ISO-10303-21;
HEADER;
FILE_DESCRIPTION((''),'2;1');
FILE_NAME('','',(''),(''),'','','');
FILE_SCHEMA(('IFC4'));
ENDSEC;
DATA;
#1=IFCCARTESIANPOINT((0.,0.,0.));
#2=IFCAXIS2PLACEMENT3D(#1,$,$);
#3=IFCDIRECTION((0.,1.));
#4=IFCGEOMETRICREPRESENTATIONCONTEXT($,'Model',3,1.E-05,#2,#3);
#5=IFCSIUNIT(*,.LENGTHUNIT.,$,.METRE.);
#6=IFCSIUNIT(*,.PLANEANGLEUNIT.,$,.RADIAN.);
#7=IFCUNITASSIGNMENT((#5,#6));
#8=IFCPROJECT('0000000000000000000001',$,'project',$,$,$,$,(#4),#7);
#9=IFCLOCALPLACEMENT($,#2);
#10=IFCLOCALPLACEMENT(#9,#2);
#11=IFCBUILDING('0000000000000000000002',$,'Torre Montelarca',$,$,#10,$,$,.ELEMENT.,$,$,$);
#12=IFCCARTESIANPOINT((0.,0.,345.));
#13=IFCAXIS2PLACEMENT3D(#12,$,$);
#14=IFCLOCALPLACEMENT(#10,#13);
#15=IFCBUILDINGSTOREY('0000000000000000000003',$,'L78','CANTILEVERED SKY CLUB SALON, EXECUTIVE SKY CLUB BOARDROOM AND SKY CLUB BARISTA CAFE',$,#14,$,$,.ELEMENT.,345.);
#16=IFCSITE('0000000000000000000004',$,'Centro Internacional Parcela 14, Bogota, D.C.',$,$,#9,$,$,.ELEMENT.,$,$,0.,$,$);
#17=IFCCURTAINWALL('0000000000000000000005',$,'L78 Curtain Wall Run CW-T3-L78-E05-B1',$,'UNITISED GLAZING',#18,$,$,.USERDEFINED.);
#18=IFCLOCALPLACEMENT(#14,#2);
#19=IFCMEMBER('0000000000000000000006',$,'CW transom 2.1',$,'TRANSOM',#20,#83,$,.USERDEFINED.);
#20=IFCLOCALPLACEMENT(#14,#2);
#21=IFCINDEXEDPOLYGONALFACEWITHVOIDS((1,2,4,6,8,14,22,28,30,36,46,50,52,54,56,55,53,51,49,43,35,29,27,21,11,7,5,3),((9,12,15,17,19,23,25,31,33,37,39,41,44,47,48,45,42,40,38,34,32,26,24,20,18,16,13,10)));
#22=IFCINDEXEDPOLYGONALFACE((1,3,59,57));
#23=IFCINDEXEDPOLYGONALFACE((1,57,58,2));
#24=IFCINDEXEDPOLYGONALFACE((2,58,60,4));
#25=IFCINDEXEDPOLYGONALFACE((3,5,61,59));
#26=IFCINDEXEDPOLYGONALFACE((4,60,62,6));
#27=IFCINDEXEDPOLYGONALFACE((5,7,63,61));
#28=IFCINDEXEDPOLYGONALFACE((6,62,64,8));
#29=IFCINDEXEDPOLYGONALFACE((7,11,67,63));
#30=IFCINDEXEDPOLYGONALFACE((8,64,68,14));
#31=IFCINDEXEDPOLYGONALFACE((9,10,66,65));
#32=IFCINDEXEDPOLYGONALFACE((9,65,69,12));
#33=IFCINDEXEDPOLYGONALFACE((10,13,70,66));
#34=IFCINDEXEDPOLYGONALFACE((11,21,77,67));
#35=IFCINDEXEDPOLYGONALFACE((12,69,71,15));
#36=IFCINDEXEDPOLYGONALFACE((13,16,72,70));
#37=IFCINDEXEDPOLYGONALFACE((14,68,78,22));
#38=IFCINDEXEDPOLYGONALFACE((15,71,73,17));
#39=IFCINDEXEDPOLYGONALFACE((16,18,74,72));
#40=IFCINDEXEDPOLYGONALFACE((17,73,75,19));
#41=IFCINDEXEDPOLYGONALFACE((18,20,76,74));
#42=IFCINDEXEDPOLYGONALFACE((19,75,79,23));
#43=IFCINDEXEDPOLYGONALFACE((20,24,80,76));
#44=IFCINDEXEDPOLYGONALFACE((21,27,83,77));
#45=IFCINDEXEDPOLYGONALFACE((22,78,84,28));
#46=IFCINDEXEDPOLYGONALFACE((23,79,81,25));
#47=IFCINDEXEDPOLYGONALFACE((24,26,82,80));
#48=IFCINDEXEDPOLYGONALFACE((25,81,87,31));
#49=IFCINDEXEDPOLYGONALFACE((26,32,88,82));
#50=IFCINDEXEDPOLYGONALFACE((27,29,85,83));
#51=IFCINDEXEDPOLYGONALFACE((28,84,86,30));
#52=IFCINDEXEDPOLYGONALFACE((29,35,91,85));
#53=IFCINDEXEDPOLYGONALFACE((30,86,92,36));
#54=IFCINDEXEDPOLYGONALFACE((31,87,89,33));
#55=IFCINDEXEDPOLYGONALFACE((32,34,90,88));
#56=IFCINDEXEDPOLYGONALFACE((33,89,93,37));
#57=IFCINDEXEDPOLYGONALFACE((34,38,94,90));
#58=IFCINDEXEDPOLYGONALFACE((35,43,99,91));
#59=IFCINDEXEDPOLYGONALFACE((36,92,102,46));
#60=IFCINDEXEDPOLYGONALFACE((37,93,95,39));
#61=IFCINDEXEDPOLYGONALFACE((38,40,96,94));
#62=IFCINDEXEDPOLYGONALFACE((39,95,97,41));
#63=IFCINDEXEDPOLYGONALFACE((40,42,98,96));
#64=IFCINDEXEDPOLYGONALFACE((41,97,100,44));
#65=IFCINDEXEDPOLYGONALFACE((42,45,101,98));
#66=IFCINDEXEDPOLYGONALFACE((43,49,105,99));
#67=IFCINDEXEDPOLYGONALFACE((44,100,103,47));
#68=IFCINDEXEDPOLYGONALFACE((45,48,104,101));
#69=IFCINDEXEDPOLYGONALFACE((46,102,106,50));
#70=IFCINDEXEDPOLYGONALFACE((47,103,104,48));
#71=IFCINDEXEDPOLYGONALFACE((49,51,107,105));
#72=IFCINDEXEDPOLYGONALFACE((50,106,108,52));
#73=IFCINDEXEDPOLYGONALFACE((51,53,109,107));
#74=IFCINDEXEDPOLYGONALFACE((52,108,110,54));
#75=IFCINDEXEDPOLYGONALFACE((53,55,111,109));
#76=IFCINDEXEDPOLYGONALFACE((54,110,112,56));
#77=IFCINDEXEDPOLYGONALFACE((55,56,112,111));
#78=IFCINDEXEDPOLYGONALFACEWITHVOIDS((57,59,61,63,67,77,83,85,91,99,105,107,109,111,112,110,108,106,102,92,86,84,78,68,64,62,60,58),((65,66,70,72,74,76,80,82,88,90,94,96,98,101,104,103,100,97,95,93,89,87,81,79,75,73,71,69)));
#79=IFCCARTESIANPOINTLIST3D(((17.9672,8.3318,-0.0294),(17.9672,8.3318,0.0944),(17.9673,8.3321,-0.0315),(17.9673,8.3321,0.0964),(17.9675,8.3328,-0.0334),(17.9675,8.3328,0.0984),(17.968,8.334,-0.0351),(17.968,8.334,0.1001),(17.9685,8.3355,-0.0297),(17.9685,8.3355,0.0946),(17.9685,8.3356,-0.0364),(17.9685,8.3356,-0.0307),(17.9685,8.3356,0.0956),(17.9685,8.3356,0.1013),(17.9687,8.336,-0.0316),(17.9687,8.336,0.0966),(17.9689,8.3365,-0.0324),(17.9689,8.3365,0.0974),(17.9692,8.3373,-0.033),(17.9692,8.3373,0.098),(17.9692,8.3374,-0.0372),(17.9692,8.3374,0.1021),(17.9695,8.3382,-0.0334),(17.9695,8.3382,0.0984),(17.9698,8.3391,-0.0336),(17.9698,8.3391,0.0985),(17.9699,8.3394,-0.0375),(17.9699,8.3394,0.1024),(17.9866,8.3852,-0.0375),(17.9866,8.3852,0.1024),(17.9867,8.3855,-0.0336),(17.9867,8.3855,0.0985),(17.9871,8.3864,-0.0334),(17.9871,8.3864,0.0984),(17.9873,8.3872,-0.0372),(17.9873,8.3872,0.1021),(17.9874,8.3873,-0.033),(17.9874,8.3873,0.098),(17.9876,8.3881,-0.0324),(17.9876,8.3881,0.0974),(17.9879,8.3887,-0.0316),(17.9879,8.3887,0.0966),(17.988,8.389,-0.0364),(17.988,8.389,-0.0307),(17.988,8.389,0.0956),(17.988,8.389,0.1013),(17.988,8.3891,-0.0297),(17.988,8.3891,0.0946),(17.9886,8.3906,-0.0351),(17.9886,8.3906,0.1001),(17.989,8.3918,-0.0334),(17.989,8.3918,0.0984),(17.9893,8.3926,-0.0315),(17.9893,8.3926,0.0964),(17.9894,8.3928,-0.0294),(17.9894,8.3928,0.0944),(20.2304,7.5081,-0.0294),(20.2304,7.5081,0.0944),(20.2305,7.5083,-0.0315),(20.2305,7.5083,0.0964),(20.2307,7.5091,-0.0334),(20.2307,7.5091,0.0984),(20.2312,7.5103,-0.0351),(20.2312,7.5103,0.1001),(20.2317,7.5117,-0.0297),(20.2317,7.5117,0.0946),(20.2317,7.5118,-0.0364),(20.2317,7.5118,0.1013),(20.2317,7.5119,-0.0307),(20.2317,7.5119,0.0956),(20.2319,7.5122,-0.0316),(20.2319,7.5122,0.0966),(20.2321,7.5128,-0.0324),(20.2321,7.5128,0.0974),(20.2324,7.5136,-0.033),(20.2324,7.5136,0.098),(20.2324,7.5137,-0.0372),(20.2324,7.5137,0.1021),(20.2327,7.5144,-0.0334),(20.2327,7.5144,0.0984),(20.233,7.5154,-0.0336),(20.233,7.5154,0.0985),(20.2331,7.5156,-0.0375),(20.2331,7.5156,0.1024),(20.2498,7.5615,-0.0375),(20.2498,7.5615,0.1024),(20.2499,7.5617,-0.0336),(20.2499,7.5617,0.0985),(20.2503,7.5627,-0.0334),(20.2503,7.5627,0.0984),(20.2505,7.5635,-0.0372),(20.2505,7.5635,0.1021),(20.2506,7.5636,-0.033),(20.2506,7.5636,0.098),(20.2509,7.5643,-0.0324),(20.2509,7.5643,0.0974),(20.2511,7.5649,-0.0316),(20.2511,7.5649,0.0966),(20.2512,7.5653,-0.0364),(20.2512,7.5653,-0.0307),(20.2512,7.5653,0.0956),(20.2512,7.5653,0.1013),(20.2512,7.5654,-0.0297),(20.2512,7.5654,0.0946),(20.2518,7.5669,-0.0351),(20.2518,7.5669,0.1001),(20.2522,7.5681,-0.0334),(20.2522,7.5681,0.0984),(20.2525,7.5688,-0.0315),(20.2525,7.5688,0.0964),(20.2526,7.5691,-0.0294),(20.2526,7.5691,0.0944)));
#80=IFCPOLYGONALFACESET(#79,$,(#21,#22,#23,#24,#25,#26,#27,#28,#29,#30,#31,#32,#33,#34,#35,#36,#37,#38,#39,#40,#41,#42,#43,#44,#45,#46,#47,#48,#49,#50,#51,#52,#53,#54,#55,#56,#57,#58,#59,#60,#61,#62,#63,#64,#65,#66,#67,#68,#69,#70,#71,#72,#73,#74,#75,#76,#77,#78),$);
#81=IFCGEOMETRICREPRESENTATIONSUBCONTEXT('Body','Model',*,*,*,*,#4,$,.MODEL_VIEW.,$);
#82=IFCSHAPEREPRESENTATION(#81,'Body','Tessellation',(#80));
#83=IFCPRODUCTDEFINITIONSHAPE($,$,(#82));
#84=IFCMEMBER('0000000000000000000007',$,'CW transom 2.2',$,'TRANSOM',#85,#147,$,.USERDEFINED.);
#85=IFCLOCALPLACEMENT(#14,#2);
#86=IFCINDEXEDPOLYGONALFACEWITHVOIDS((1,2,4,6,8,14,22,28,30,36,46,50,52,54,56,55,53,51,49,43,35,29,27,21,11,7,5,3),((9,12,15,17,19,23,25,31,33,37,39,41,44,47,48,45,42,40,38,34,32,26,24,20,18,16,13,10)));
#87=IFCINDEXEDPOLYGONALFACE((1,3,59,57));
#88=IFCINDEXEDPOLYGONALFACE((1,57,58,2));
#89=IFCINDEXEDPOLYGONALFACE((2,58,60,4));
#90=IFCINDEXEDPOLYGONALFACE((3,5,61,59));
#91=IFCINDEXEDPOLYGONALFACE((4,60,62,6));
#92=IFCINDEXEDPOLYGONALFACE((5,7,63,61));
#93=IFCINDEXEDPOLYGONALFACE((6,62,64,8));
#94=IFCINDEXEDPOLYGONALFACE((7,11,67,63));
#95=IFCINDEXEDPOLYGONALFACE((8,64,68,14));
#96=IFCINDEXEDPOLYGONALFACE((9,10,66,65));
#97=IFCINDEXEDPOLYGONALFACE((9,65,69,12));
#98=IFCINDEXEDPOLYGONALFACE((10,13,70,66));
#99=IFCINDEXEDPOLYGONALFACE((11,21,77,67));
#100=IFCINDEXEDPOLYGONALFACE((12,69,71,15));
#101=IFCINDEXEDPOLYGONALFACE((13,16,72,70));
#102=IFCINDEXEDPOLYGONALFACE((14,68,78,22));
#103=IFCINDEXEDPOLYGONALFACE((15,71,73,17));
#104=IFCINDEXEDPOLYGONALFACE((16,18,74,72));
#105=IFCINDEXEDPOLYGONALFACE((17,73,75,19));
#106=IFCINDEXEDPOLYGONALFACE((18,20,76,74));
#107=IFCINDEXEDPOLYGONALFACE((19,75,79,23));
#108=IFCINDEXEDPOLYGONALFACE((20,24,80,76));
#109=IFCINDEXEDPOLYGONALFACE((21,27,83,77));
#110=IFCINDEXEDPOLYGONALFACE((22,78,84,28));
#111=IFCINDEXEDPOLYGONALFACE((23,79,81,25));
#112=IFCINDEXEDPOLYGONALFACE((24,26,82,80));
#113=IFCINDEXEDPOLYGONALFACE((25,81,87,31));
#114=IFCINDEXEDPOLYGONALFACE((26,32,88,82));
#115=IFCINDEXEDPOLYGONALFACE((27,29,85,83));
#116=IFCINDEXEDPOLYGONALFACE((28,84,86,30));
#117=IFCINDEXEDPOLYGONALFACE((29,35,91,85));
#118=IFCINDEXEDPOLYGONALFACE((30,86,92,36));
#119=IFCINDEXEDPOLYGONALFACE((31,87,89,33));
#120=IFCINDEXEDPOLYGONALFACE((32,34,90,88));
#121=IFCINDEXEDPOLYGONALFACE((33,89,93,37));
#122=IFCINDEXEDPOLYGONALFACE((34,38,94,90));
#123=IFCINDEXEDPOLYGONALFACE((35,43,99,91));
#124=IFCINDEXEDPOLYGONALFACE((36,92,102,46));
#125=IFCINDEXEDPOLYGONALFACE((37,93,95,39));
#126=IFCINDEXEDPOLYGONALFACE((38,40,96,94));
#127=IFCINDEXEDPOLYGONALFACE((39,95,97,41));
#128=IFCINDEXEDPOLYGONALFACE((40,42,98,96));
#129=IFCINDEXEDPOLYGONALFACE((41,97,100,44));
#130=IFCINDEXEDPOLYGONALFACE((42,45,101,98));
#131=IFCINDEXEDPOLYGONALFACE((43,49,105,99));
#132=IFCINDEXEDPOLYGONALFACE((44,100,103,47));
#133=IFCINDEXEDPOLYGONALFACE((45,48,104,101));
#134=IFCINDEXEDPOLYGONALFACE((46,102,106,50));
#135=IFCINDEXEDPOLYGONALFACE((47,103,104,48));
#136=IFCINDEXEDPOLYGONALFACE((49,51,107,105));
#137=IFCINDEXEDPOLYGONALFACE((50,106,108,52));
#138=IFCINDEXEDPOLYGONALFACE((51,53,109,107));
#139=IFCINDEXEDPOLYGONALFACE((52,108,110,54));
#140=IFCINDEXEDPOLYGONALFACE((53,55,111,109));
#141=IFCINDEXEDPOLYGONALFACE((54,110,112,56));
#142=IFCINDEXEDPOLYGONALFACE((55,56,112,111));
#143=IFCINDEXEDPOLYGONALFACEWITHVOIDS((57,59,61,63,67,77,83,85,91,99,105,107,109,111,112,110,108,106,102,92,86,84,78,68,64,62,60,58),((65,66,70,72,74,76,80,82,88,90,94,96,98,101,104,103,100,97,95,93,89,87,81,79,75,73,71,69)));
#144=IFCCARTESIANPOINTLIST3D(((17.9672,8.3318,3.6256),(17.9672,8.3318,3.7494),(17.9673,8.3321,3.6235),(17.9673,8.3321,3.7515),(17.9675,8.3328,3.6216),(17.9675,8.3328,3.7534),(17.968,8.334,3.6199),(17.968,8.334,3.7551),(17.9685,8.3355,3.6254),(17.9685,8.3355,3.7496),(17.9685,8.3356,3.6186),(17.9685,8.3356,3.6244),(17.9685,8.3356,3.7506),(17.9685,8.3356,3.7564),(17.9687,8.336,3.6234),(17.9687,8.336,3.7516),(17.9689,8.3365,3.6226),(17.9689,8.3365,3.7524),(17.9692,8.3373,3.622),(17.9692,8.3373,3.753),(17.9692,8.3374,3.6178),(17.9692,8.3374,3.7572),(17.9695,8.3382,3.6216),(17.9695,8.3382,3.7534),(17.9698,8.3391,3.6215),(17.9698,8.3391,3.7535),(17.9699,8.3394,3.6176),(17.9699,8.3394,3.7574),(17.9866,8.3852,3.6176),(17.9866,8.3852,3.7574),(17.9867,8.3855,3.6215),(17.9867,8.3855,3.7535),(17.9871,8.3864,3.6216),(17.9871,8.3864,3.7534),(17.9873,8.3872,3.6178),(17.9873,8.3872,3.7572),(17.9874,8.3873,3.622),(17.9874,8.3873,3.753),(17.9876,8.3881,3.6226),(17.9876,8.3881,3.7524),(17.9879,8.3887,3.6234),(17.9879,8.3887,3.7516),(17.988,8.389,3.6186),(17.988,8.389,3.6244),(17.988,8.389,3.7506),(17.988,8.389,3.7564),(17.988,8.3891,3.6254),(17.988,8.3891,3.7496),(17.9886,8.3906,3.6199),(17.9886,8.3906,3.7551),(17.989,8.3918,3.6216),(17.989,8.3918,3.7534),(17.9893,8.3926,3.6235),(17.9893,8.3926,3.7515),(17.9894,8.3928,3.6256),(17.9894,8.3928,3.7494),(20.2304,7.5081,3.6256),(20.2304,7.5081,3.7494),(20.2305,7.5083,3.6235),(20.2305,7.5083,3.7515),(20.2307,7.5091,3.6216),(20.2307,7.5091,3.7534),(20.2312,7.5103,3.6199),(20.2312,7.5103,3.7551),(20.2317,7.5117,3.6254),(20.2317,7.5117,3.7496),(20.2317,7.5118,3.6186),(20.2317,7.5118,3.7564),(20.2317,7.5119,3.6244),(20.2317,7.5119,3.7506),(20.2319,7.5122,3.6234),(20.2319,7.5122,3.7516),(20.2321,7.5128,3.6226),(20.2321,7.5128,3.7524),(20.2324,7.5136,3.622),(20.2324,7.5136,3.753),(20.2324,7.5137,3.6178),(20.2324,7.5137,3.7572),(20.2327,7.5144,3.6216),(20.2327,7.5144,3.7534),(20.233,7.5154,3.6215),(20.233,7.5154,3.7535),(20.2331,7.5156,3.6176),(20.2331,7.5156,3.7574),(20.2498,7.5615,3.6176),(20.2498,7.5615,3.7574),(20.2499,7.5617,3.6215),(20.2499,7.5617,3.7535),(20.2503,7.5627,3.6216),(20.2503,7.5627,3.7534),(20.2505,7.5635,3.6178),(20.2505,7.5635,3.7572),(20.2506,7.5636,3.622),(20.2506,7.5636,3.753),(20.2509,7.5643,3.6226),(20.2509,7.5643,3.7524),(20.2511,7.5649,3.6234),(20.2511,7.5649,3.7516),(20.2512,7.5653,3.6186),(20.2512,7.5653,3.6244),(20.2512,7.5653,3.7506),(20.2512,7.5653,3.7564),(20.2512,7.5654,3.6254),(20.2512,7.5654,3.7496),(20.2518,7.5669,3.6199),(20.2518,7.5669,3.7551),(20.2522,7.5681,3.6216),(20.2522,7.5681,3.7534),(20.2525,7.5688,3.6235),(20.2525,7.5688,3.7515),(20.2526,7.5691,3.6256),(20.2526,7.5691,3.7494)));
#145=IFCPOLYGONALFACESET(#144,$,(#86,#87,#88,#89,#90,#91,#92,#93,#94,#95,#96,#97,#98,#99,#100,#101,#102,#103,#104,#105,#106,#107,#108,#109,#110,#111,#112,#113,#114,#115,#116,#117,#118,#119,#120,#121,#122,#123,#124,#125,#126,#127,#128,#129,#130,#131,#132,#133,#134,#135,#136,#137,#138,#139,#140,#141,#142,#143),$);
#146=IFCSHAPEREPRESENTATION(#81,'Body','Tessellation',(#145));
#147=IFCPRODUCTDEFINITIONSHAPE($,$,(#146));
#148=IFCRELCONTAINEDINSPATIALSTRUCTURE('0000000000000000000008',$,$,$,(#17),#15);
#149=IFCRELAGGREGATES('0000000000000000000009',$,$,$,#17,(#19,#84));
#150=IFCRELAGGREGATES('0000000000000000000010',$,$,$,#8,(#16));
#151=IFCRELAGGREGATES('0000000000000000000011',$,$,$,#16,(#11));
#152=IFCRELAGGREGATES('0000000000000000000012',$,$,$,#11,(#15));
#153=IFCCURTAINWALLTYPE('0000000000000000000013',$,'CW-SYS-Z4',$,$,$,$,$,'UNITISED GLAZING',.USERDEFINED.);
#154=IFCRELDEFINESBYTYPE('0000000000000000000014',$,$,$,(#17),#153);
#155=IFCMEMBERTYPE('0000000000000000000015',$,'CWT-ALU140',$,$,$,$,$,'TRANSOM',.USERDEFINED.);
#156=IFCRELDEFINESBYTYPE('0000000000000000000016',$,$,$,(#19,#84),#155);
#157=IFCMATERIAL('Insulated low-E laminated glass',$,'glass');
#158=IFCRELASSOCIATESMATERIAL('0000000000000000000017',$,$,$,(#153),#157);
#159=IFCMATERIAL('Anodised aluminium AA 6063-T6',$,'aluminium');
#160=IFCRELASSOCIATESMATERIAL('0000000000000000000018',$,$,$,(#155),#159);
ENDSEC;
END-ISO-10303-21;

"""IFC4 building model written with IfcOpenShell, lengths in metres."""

from ifc_helpers import new_model, si_unit, direction, frame, origin, origin_2d, place, context, subcontext, project, spatial, hollow_rectangle, extrude, source, transform, mapped, material, material_profile, profile_set, type_object, element, aggregate, save


model = new_model("IFC4")

# Units and contexts
model_context = context("Model", 3, precision=1e-05, world=origin(), true_north=direction((0.0, 1.0)))
body_context = subcontext(model_context, "Body", "Model", "MODEL_VIEW")
ifc_project = project(units=[si_unit("LENGTHUNIT", "METRE"), si_unit("PLANEANGLEUNIT", "RADIAN")], contexts=[model_context])

# Site, building, storey
site_placement = place(None, origin())
site = spatial("IfcSite", under=ifc_project, at=site_placement, Name="Centro Internacional Parcela 14, Bogota, D.C.", CompositionType="ELEMENT", RefElevation=0.0)
building_placement = place(site_placement, origin())
building = spatial("IfcBuilding", under=site, at=building_placement, Name="Torre Montelarca", CompositionType="ELEMENT")
storey_placement = place(building_placement, frame((0.0, 0.0, 345.0)))
storey = spatial("IfcBuildingStorey", under=building, at=storey_placement, Name="L78", Description="CANTILEVERED SKY CLUB SALON, EXECUTIVE SKY CLUB BOARDROOM AND SKY CLUB BARISTA CAFE", CompositionType="ELEMENT", Elevation=345.0)

# Curtain wall
ifc_material_1 = material(Name="Insulated low-E laminated glass", Category="glass")
curtain_wall_type = type_object("IfcCurtainWallType", Name="CW-SYS-Z4", ElementType="UNITISED GLAZING", PredefinedType="USERDEFINED", material=ifc_material_1)
curtain_wall_1_placement = place(storey_placement, origin())
curtain_wall_1 = element("IfcCurtainWall", 1, at=curtain_wall_1_placement, inside=storey, type_object=curtain_wall_type, Name="L78 Curtain Wall Run CW-T3-L78-E05-B1", ObjectType="UNITISED GLAZING", PredefinedType="USERDEFINED")
ifc_material_2 = material(Name="Anodised aluminium AA 6063-T6", Category="aluminium")

# Members
ifc_material_profile_1 = material_profile(ifc_material_2, hollow_rectangle(XDim=0.0649, YDim=0.1399, WallThickness=0.0039, InnerFilletRadius=0.0039, OuterFilletRadius=0.0081, at=origin_2d()), Name="ALU65X140X4", Category="aluminium")
ifc_profile_set_1 = profile_set([ifc_material_profile_1], Name="Anodised aluminium AA 6063-T6")
member_type_1 = type_object("IfcMemberType", Name="CWT-ALU140", ElementType="TRANSOM", PredefinedType="USERDEFINED", material=ifc_profile_set_1)
shared_shape_1 = source(origin(), body_context, "Body", "SweptSolid", [
    extrude(hollow_rectangle(XDim=0.0649, YDim=0.1399, WallThickness=0.0039, InnerFilletRadius=0.0039, OuterFilletRadius=0.0081, at=origin_2d()), origin(), (0.0, 0.0, 1.0), 2.4084),
])
member_1_placement = place(storey_placement, frame((17.9783, 8.3623, 0.0325), z_axis=(0.939693, -0.34202, 0.0), x_axis=(0.34202, 0.939693, 0.0)))
member_1 = element("IfcMember", 2, at=member_1_placement, type_object=member_type_1, Name="CW transom 2.1", ObjectType="TRANSOM", PredefinedType="USERDEFINED", context=body_context, shape_type="MappedRepresentation", body=[
    mapped(shared_shape_1, transform((0.0, 0.0, 0.0), scale=1.0)),
])
member_2_placement = place(storey_placement, frame((17.9783, 8.3623, 3.6875), z_axis=(0.939693, -0.34202, 0.0), x_axis=(0.34202, 0.939693, 0.0)))
member_2 = element("IfcMember", 3, at=member_2_placement, type_object=member_type_1, Name="CW transom 2.2", ObjectType="TRANSOM", PredefinedType="USERDEFINED", context=body_context, shape_type="MappedRepresentation", body=[
    mapped(shared_shape_1, transform((0.0, 0.0, 0.0), scale=1.0)),
])

aggregate(curtain_wall_1, [member_1, member_2])

save(model, "model.ifc")
